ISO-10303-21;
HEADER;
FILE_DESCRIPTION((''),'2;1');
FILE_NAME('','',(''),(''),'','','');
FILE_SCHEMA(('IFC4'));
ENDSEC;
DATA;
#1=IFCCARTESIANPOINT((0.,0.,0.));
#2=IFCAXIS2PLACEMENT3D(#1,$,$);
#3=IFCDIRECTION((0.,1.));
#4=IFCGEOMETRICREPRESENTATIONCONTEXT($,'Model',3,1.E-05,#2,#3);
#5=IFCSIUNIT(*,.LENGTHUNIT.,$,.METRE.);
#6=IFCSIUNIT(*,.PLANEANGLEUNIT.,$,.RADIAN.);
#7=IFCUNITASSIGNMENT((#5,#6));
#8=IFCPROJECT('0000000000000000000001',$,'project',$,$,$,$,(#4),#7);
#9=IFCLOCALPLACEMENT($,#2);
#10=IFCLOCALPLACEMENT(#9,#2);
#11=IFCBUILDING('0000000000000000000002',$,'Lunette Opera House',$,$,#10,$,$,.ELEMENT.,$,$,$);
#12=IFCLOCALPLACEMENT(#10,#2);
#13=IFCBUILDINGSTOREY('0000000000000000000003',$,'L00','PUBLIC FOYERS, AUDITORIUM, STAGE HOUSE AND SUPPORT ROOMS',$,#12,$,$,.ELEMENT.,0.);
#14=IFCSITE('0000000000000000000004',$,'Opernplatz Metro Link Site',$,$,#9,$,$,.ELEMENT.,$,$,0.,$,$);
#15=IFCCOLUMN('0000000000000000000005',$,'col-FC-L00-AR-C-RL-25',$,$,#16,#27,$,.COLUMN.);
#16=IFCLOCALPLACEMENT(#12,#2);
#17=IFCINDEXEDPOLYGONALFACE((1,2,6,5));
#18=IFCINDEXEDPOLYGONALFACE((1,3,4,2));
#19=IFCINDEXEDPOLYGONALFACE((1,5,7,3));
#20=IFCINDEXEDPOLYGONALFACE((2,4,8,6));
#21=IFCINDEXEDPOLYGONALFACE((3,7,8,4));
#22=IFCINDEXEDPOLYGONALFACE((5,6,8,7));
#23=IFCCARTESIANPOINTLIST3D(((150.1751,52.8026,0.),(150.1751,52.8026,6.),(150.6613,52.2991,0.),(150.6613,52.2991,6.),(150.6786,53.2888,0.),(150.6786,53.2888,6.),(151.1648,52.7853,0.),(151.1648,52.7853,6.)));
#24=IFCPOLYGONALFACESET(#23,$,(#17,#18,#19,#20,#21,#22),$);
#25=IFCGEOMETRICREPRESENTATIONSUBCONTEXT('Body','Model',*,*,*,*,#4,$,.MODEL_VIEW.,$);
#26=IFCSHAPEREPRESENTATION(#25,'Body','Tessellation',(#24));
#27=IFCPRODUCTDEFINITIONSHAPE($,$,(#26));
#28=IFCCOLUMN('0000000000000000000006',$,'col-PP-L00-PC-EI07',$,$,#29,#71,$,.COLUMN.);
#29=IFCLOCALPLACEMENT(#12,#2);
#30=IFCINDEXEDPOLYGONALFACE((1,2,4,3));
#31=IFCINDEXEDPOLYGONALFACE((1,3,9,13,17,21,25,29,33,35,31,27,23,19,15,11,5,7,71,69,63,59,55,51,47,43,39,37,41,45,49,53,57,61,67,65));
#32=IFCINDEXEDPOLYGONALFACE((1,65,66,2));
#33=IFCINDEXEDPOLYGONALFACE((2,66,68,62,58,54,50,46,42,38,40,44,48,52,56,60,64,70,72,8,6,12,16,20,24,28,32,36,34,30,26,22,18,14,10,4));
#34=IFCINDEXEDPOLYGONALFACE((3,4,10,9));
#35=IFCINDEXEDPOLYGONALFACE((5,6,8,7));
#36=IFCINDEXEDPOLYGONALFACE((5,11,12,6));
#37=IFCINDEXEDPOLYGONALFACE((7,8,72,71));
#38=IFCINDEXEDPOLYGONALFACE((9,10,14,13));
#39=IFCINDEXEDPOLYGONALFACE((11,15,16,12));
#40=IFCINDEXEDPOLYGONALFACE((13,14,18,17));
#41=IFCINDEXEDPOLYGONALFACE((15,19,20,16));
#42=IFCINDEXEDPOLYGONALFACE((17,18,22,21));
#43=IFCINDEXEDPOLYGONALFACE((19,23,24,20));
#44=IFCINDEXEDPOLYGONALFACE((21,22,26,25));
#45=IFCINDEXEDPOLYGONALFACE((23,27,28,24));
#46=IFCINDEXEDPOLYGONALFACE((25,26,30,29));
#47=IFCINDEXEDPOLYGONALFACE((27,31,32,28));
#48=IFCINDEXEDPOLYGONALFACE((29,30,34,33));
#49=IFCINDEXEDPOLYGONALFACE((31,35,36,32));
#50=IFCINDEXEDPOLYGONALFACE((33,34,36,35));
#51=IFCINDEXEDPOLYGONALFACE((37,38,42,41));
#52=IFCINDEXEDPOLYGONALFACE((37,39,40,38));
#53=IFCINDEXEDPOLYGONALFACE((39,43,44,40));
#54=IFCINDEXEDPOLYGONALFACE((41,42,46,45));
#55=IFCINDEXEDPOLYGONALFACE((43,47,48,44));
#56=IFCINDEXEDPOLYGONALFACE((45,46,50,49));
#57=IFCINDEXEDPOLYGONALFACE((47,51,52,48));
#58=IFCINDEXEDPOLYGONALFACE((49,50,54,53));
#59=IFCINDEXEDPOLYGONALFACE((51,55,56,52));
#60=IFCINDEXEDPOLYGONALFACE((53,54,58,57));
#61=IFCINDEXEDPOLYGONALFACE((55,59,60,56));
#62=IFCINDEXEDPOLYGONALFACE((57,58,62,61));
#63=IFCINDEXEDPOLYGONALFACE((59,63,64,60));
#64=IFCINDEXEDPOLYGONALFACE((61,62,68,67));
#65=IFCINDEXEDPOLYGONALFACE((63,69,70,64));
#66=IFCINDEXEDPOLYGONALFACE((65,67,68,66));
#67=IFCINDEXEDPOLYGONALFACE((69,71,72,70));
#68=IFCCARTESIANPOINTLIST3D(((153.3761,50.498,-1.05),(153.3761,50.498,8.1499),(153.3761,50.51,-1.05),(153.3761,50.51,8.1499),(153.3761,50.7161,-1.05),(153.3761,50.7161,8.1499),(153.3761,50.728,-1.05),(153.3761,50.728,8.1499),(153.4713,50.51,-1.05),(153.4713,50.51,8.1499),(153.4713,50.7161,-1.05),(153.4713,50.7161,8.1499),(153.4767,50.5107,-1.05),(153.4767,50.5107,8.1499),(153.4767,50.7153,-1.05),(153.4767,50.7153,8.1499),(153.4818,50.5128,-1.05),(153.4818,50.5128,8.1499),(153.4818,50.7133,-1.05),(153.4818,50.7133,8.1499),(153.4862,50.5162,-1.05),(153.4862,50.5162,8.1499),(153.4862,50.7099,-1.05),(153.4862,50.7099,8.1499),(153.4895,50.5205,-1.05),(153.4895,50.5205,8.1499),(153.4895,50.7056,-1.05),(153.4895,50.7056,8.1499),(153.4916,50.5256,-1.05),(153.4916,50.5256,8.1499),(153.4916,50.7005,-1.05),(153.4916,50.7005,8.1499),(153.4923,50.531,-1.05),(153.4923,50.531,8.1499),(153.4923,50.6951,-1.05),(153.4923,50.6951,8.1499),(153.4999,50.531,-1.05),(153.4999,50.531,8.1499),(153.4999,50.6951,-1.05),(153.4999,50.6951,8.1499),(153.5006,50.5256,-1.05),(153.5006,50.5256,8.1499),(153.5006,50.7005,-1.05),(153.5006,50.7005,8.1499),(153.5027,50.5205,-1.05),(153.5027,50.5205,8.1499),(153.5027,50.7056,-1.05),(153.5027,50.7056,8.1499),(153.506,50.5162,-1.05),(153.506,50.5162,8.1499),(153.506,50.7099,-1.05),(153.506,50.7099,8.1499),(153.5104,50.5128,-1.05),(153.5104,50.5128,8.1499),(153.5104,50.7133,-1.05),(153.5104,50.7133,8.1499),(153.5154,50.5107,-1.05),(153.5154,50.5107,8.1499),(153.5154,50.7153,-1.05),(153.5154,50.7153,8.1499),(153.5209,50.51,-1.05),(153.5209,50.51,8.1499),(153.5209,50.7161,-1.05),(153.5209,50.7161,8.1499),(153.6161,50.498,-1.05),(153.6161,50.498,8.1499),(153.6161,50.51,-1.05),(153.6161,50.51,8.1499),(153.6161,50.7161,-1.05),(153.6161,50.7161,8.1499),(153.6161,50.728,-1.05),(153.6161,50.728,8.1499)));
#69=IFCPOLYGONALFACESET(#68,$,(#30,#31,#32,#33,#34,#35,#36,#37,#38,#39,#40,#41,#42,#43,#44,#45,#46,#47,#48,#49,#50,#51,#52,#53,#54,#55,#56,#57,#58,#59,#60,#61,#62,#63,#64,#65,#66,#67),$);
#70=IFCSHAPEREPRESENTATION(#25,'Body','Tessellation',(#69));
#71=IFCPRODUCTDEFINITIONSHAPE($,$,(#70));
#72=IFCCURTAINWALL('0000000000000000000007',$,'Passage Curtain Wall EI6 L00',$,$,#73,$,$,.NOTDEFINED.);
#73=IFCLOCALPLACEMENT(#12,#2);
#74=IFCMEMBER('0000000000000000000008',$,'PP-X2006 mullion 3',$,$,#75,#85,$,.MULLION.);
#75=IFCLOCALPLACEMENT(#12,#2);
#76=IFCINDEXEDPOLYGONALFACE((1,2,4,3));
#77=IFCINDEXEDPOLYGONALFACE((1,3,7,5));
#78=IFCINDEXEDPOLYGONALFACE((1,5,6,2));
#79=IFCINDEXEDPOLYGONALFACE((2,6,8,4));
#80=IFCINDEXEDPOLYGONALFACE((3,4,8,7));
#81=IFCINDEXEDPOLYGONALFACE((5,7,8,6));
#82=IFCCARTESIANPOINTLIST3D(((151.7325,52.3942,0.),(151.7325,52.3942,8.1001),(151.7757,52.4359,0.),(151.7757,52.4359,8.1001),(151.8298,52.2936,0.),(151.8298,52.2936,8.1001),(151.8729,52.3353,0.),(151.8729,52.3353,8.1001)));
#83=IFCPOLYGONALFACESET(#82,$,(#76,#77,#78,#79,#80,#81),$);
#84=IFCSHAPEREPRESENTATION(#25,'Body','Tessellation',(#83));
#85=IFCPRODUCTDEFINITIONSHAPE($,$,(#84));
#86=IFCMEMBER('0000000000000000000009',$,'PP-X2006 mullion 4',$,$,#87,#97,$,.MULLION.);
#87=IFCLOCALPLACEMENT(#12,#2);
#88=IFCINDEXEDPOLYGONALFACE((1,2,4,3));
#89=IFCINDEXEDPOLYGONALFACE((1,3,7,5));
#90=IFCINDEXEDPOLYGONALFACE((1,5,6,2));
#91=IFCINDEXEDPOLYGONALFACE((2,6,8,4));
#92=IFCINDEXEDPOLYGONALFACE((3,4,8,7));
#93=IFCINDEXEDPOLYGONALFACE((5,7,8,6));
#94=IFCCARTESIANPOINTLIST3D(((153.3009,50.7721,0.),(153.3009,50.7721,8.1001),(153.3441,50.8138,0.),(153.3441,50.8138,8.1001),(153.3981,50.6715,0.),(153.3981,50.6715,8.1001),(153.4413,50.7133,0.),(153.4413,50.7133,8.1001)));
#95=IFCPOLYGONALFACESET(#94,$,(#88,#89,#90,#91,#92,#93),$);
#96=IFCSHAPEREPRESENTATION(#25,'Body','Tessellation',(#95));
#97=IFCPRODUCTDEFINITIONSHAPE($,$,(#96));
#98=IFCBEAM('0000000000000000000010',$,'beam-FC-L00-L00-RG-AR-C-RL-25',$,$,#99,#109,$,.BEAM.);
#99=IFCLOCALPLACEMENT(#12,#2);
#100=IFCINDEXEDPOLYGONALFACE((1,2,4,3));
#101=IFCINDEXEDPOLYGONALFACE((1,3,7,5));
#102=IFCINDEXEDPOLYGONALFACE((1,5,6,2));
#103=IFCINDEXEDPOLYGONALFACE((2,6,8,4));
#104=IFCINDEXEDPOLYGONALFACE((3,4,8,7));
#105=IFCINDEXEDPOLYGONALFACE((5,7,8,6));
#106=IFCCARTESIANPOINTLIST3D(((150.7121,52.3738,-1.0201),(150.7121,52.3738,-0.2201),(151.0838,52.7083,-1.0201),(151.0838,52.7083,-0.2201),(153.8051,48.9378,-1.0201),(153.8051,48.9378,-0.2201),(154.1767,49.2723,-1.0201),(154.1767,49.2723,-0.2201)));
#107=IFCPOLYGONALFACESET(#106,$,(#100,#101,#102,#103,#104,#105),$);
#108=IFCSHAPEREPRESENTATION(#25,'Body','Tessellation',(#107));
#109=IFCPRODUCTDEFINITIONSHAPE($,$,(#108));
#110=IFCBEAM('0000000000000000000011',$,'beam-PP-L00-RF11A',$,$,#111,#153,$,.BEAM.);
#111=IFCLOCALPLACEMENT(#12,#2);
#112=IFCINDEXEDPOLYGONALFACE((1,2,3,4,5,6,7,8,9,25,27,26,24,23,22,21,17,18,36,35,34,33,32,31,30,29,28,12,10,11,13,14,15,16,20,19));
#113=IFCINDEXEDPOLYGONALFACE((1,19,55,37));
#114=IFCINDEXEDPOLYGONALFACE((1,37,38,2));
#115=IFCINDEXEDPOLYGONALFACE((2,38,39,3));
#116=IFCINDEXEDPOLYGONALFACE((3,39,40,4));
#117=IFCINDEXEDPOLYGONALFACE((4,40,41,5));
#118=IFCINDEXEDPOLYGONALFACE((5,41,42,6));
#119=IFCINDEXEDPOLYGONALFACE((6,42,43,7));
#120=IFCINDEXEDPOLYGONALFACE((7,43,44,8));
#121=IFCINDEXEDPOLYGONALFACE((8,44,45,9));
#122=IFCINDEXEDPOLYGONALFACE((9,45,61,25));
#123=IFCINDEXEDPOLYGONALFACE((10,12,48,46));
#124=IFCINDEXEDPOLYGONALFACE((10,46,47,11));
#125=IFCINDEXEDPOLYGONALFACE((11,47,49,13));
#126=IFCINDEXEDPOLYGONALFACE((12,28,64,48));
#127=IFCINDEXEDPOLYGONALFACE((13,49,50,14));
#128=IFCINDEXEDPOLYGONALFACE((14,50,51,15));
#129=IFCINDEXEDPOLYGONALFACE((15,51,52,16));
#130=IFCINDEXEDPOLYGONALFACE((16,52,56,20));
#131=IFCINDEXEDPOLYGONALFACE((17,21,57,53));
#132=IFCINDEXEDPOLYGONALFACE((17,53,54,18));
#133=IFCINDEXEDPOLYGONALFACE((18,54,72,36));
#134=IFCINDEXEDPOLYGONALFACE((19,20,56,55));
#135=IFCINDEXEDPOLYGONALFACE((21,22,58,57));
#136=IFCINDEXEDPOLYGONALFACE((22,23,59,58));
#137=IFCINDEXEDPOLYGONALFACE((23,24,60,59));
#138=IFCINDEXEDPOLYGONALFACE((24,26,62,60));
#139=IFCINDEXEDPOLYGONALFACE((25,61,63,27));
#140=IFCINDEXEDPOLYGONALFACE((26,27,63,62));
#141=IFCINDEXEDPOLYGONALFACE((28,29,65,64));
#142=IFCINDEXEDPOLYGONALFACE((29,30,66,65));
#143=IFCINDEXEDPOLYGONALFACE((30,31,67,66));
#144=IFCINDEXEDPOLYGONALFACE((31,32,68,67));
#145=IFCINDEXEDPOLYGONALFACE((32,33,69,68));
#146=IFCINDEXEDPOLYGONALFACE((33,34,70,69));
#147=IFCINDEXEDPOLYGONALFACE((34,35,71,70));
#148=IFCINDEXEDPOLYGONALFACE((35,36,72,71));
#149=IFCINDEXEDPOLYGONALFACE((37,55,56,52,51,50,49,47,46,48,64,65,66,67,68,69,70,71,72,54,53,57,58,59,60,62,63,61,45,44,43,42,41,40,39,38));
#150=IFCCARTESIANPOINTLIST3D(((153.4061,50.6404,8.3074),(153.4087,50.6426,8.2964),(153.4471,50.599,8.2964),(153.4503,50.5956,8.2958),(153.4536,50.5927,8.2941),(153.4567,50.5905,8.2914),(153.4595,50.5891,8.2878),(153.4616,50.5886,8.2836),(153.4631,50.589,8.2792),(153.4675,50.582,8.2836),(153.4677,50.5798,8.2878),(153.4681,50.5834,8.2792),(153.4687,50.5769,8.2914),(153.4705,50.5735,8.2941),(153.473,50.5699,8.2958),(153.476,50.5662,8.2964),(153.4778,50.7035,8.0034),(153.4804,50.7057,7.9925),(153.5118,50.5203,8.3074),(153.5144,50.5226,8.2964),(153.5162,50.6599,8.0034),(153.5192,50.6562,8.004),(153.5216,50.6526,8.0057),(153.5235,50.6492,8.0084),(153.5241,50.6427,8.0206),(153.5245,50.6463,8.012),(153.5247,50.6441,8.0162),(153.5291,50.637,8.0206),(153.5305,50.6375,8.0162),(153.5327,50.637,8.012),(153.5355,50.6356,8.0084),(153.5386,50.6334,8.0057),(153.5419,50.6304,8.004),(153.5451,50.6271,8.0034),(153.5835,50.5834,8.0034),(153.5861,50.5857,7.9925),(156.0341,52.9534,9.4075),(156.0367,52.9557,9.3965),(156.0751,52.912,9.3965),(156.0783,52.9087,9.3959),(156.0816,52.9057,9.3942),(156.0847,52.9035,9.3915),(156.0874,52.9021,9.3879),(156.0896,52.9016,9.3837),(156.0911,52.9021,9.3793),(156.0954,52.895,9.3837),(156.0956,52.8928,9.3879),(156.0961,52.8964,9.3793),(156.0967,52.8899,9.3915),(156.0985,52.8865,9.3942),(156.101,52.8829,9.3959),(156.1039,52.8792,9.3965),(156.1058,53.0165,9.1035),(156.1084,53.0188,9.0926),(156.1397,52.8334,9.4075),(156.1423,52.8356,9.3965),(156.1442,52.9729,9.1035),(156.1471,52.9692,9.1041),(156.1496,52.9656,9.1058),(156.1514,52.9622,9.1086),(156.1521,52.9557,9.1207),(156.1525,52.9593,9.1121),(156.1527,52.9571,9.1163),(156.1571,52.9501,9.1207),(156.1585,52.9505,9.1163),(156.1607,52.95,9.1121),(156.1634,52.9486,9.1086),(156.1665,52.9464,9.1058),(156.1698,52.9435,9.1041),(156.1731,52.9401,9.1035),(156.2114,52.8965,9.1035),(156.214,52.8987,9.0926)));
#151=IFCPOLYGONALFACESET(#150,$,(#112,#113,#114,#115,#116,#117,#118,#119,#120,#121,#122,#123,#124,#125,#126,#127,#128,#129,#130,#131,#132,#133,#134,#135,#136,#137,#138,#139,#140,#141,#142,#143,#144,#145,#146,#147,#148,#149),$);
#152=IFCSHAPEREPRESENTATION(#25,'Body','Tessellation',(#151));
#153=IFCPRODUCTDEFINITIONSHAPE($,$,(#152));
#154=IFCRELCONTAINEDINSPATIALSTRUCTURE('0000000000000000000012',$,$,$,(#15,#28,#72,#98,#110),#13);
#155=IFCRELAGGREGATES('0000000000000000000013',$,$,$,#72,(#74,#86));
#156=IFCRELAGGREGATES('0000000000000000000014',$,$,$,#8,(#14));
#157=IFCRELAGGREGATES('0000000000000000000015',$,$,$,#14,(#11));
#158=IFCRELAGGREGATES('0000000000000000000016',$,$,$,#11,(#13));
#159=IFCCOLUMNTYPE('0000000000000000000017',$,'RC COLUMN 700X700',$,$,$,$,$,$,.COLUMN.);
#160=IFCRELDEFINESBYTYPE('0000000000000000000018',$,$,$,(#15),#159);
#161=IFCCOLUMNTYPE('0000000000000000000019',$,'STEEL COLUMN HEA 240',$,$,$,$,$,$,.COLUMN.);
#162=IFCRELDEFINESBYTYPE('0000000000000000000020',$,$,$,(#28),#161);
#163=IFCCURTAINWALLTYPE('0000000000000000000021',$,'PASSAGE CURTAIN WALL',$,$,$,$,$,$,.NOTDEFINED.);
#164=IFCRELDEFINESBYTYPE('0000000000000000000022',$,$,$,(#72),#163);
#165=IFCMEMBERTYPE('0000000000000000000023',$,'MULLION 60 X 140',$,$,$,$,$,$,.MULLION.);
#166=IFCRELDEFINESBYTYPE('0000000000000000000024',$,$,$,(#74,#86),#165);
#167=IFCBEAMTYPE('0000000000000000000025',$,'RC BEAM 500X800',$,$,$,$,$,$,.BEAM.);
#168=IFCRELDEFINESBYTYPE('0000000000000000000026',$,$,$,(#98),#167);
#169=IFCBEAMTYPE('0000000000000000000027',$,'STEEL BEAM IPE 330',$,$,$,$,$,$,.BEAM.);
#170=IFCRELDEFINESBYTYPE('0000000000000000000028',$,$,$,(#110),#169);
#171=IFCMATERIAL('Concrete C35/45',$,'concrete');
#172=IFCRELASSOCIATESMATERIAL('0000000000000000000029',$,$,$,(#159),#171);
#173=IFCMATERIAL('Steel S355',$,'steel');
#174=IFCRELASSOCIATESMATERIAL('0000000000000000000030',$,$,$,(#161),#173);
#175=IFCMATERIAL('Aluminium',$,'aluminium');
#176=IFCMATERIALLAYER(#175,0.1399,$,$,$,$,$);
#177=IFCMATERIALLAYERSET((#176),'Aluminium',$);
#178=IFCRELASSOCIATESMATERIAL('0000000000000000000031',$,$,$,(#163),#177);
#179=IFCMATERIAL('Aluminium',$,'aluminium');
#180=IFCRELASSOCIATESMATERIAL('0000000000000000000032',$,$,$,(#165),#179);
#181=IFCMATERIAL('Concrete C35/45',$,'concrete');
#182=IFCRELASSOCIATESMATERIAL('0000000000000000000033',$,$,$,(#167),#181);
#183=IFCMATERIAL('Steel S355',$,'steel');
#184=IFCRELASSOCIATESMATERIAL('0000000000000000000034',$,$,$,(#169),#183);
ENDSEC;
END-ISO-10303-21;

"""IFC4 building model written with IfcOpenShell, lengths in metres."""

from ifc_helpers import new_model, si_unit, direction, frame, origin, origin_2d, place, context, subcontext, project, spatial, rectangle, i_section, extrude, material, layer, layer_set, material_profile, profile_set, type_object, element, aggregate, save


model = new_model("IFC4")

# Units and contexts
model_context = context("Model", 3, precision=1e-05, world=origin(), true_north=direction((0.0, 1.0)))
body_context = subcontext(model_context, "Body", "Model", "MODEL_VIEW")
ifc_project = project(units=[si_unit("LENGTHUNIT", "METRE"), si_unit("PLANEANGLEUNIT", "RADIAN")], contexts=[model_context])

# Site, building, storey
site_placement = place(None, origin())
site = spatial("IfcSite", under=ifc_project, at=site_placement, Name="Opernplatz Metro Link Site", CompositionType="ELEMENT", RefElevation=0.0)
building_placement = place(site_placement, origin())
building = spatial("IfcBuilding", under=site, at=building_placement, Name="Lunette Opera House", CompositionType="ELEMENT")
storey_placement = place(building_placement, origin())
storey = spatial("IfcBuildingStorey", under=building, at=storey_placement, Name="L00", Description="PUBLIC FOYERS, AUDITORIUM, STAGE HOUSE AND SUPPORT ROOMS", CompositionType="ELEMENT", Elevation=0.0)

# Columns
ifc_material_1 = material(Name="Concrete C35/45", Category="concrete")
ifc_material_profile_1 = material_profile(ifc_material_1, rectangle(XDim=0.7, YDim=0.7, at=origin_2d()), Name="RC COLUMN 700X700")
ifc_profile_set_1 = profile_set([ifc_material_profile_1], Name="Concrete C35/45")
column_type_1 = type_object("IfcColumnType", Name="RC COLUMN 700X700", PredefinedType="COLUMN", material=ifc_profile_set_1)
column_1_placement = place(storey_placement, frame((150.6699, 52.7939, 0.0), z_axis=(0.0, 0.0, 1.0), x_axis=(0.694658, -0.71934, 0.0)))
element("IfcColumn", 1, at=column_1_placement, inside=storey, type_object=column_type_1, Name="col-FC-L00-AR-C-RL-25", PredefinedType="COLUMN", context=body_context, shape_type="SweptSolid", body=[
    extrude(rectangle(XDim=0.7, YDim=0.7, at=origin_2d()), origin(), (0.0, 0.0, 1.0), 6.0),
])
ifc_material_2 = material(Name="Steel S355", Category="steel")
ifc_material_profile_2 = material_profile(ifc_material_2, i_section(OverallWidth=0.24, OverallDepth=0.23, WebThickness=0.0076, FlangeThickness=0.012, FilletRadius=0.021, at=origin_2d()), Name="HEA 240")
ifc_profile_set_2 = profile_set([ifc_material_profile_2], Name="Steel S355")
column_type_2 = type_object("IfcColumnType", Name="STEEL COLUMN HEA 240", PredefinedType="COLUMN", material=ifc_profile_set_2)
column_2_placement = place(storey_placement, frame((153.4961, 50.613, -1.05), z_axis=(0.0, 0.0, 1.0), x_axis=(1.0, 0.0, 0.0)))
element("IfcColumn", 2, at=column_2_placement, inside=storey, type_object=column_type_2, Name="col-PP-L00-PC-EI07", PredefinedType="COLUMN", context=body_context, shape_type="SweptSolid", body=[
    extrude(i_section(OverallWidth=0.24, OverallDepth=0.23, WebThickness=0.0076, FlangeThickness=0.012, FilletRadius=0.021, at=origin_2d()), origin(), (0.0, 0.0, 1.0), 9.2),
])

# Curtain wall, members
ifc_material_3 = material(Name="Aluminium", Category="aluminium")
ifc_layer_1 = layer(ifc_material_3, 0.1399)
ifc_layer_set_1 = layer_set([ifc_layer_1], Name="Aluminium")
curtain_wall_type = type_object("IfcCurtainWallType", Name="PASSAGE CURTAIN WALL", PredefinedType="NOTDEFINED", material=ifc_layer_set_1)
curtain_wall_placement = place(storey_placement, origin())
curtain_wall = element("IfcCurtainWall", 3, at=curtain_wall_placement, inside=storey, type_object=curtain_wall_type, Name="Passage Curtain Wall EI6 L00", PredefinedType="NOTDEFINED")
ifc_material_4 = material(Name="Aluminium", Category="aluminium")
ifc_material_profile_3 = material_profile(ifc_material_4, rectangle(XDim=0.0601, YDim=0.1399, at=origin_2d()), Name="MULLION 60 X 140")
ifc_profile_set_3 = profile_set([ifc_material_profile_3], Name="Aluminium")
member_type_1 = type_object("IfcMemberType", Name="MULLION 60 X 140", PredefinedType="MULLION", material=ifc_profile_set_3)
member_1_placement = place(storey_placement, frame((151.8027, 52.3647, 0.0), z_axis=(0.0, 0.0, 1.0), x_axis=(0.718889, 0.695125, 0.0)))
member_1 = element("IfcMember", 4, at=member_1_placement, type_object=member_type_1, Name="PP-X2006 mullion 3", PredefinedType="MULLION", context=body_context, shape_type="SweptSolid", body=[
    extrude(rectangle(XDim=0.0601, YDim=0.1399, at=origin_2d()), origin(), (0.0, 0.0, 1.0), 8.1001),
])
member_2_placement = place(storey_placement, frame((153.3711, 50.7427, 0.0), z_axis=(0.0, 0.0, 1.0), x_axis=(0.718889, 0.695125, 0.0)))
member_2 = element("IfcMember", 5, at=member_2_placement, type_object=member_type_1, Name="PP-X2006 mullion 4", PredefinedType="MULLION", context=body_context, shape_type="SweptSolid", body=[
    extrude(rectangle(XDim=0.0601, YDim=0.1399, at=origin_2d()), origin(), (0.0, 0.0, 1.0), 8.1001),
])

# Beams
ifc_material_5 = material(Name="Concrete C35/45", Category="concrete")
ifc_material_profile_4 = material_profile(ifc_material_5, rectangle(XDim=0.5, YDim=0.8, at=origin_2d()), Name="RC BEAM 500X800")
ifc_profile_set_4 = profile_set([ifc_material_profile_4], Name="Concrete C35/45")
beam_type_1 = type_object("IfcBeamType", Name="RC BEAM 500X800", PredefinedType="BEAM", material=ifc_profile_set_4)
beam_1_placement = place(storey_placement, frame((150.8979, 52.541, -0.6201), z_axis=(0.669035, -0.743231, 0.0), x_axis=(0.743231, 0.669035, 0.0)))
element("IfcBeam", 6, at=beam_1_placement, inside=storey, type_object=beam_type_1, Name="beam-FC-L00-L00-RG-AR-C-RL-25", PredefinedType="BEAM", context=body_context, shape_type="SweptSolid", body=[
    extrude(rectangle(XDim=0.5, YDim=0.8, at=origin_2d()), origin(), (0.0, 0.0, 1.0), 4.623),
])
ifc_material_6 = material(Name="Steel S355", Category="steel")
ifc_material_profile_5 = material_profile(ifc_material_6, i_section(OverallWidth=0.1599, OverallDepth=0.3301, WebThickness=0.0076, FlangeThickness=0.0115, FilletRadius=0.0181, at=origin_2d()), Name="IPE 330")
ifc_profile_set_5 = profile_set([ifc_material_profile_5], Name="Steel S355")
beam_type_2 = type_object("IfcBeamType", Name="STEEL BEAM IPE 330", PredefinedType="BEAM", material=ifc_profile_set_5)
beam_2_placement = place(storey_placement, frame((153.4961, 50.613, 8.1499), z_axis=(0.71613, 0.630307, 0.299785), x_axis=(-0.660694, 0.750655, 0.0)))
element("IfcBeam", 7, at=beam_2_placement, inside=storey, type_object=beam_type_2, Name="beam-PP-L00-RF11A", PredefinedType="BEAM", context=body_context, shape_type="SweptSolid", body=[
    extrude(i_section(OverallWidth=0.1599, OverallDepth=0.3301, WebThickness=0.0076, FlangeThickness=0.0115, FilletRadius=0.0181, at=origin_2d()), origin(), (0.0, 0.0, 1.0), 3.6697),
])

aggregate(curtain_wall, [member_1, member_2])

save(model, "model.ifc")
